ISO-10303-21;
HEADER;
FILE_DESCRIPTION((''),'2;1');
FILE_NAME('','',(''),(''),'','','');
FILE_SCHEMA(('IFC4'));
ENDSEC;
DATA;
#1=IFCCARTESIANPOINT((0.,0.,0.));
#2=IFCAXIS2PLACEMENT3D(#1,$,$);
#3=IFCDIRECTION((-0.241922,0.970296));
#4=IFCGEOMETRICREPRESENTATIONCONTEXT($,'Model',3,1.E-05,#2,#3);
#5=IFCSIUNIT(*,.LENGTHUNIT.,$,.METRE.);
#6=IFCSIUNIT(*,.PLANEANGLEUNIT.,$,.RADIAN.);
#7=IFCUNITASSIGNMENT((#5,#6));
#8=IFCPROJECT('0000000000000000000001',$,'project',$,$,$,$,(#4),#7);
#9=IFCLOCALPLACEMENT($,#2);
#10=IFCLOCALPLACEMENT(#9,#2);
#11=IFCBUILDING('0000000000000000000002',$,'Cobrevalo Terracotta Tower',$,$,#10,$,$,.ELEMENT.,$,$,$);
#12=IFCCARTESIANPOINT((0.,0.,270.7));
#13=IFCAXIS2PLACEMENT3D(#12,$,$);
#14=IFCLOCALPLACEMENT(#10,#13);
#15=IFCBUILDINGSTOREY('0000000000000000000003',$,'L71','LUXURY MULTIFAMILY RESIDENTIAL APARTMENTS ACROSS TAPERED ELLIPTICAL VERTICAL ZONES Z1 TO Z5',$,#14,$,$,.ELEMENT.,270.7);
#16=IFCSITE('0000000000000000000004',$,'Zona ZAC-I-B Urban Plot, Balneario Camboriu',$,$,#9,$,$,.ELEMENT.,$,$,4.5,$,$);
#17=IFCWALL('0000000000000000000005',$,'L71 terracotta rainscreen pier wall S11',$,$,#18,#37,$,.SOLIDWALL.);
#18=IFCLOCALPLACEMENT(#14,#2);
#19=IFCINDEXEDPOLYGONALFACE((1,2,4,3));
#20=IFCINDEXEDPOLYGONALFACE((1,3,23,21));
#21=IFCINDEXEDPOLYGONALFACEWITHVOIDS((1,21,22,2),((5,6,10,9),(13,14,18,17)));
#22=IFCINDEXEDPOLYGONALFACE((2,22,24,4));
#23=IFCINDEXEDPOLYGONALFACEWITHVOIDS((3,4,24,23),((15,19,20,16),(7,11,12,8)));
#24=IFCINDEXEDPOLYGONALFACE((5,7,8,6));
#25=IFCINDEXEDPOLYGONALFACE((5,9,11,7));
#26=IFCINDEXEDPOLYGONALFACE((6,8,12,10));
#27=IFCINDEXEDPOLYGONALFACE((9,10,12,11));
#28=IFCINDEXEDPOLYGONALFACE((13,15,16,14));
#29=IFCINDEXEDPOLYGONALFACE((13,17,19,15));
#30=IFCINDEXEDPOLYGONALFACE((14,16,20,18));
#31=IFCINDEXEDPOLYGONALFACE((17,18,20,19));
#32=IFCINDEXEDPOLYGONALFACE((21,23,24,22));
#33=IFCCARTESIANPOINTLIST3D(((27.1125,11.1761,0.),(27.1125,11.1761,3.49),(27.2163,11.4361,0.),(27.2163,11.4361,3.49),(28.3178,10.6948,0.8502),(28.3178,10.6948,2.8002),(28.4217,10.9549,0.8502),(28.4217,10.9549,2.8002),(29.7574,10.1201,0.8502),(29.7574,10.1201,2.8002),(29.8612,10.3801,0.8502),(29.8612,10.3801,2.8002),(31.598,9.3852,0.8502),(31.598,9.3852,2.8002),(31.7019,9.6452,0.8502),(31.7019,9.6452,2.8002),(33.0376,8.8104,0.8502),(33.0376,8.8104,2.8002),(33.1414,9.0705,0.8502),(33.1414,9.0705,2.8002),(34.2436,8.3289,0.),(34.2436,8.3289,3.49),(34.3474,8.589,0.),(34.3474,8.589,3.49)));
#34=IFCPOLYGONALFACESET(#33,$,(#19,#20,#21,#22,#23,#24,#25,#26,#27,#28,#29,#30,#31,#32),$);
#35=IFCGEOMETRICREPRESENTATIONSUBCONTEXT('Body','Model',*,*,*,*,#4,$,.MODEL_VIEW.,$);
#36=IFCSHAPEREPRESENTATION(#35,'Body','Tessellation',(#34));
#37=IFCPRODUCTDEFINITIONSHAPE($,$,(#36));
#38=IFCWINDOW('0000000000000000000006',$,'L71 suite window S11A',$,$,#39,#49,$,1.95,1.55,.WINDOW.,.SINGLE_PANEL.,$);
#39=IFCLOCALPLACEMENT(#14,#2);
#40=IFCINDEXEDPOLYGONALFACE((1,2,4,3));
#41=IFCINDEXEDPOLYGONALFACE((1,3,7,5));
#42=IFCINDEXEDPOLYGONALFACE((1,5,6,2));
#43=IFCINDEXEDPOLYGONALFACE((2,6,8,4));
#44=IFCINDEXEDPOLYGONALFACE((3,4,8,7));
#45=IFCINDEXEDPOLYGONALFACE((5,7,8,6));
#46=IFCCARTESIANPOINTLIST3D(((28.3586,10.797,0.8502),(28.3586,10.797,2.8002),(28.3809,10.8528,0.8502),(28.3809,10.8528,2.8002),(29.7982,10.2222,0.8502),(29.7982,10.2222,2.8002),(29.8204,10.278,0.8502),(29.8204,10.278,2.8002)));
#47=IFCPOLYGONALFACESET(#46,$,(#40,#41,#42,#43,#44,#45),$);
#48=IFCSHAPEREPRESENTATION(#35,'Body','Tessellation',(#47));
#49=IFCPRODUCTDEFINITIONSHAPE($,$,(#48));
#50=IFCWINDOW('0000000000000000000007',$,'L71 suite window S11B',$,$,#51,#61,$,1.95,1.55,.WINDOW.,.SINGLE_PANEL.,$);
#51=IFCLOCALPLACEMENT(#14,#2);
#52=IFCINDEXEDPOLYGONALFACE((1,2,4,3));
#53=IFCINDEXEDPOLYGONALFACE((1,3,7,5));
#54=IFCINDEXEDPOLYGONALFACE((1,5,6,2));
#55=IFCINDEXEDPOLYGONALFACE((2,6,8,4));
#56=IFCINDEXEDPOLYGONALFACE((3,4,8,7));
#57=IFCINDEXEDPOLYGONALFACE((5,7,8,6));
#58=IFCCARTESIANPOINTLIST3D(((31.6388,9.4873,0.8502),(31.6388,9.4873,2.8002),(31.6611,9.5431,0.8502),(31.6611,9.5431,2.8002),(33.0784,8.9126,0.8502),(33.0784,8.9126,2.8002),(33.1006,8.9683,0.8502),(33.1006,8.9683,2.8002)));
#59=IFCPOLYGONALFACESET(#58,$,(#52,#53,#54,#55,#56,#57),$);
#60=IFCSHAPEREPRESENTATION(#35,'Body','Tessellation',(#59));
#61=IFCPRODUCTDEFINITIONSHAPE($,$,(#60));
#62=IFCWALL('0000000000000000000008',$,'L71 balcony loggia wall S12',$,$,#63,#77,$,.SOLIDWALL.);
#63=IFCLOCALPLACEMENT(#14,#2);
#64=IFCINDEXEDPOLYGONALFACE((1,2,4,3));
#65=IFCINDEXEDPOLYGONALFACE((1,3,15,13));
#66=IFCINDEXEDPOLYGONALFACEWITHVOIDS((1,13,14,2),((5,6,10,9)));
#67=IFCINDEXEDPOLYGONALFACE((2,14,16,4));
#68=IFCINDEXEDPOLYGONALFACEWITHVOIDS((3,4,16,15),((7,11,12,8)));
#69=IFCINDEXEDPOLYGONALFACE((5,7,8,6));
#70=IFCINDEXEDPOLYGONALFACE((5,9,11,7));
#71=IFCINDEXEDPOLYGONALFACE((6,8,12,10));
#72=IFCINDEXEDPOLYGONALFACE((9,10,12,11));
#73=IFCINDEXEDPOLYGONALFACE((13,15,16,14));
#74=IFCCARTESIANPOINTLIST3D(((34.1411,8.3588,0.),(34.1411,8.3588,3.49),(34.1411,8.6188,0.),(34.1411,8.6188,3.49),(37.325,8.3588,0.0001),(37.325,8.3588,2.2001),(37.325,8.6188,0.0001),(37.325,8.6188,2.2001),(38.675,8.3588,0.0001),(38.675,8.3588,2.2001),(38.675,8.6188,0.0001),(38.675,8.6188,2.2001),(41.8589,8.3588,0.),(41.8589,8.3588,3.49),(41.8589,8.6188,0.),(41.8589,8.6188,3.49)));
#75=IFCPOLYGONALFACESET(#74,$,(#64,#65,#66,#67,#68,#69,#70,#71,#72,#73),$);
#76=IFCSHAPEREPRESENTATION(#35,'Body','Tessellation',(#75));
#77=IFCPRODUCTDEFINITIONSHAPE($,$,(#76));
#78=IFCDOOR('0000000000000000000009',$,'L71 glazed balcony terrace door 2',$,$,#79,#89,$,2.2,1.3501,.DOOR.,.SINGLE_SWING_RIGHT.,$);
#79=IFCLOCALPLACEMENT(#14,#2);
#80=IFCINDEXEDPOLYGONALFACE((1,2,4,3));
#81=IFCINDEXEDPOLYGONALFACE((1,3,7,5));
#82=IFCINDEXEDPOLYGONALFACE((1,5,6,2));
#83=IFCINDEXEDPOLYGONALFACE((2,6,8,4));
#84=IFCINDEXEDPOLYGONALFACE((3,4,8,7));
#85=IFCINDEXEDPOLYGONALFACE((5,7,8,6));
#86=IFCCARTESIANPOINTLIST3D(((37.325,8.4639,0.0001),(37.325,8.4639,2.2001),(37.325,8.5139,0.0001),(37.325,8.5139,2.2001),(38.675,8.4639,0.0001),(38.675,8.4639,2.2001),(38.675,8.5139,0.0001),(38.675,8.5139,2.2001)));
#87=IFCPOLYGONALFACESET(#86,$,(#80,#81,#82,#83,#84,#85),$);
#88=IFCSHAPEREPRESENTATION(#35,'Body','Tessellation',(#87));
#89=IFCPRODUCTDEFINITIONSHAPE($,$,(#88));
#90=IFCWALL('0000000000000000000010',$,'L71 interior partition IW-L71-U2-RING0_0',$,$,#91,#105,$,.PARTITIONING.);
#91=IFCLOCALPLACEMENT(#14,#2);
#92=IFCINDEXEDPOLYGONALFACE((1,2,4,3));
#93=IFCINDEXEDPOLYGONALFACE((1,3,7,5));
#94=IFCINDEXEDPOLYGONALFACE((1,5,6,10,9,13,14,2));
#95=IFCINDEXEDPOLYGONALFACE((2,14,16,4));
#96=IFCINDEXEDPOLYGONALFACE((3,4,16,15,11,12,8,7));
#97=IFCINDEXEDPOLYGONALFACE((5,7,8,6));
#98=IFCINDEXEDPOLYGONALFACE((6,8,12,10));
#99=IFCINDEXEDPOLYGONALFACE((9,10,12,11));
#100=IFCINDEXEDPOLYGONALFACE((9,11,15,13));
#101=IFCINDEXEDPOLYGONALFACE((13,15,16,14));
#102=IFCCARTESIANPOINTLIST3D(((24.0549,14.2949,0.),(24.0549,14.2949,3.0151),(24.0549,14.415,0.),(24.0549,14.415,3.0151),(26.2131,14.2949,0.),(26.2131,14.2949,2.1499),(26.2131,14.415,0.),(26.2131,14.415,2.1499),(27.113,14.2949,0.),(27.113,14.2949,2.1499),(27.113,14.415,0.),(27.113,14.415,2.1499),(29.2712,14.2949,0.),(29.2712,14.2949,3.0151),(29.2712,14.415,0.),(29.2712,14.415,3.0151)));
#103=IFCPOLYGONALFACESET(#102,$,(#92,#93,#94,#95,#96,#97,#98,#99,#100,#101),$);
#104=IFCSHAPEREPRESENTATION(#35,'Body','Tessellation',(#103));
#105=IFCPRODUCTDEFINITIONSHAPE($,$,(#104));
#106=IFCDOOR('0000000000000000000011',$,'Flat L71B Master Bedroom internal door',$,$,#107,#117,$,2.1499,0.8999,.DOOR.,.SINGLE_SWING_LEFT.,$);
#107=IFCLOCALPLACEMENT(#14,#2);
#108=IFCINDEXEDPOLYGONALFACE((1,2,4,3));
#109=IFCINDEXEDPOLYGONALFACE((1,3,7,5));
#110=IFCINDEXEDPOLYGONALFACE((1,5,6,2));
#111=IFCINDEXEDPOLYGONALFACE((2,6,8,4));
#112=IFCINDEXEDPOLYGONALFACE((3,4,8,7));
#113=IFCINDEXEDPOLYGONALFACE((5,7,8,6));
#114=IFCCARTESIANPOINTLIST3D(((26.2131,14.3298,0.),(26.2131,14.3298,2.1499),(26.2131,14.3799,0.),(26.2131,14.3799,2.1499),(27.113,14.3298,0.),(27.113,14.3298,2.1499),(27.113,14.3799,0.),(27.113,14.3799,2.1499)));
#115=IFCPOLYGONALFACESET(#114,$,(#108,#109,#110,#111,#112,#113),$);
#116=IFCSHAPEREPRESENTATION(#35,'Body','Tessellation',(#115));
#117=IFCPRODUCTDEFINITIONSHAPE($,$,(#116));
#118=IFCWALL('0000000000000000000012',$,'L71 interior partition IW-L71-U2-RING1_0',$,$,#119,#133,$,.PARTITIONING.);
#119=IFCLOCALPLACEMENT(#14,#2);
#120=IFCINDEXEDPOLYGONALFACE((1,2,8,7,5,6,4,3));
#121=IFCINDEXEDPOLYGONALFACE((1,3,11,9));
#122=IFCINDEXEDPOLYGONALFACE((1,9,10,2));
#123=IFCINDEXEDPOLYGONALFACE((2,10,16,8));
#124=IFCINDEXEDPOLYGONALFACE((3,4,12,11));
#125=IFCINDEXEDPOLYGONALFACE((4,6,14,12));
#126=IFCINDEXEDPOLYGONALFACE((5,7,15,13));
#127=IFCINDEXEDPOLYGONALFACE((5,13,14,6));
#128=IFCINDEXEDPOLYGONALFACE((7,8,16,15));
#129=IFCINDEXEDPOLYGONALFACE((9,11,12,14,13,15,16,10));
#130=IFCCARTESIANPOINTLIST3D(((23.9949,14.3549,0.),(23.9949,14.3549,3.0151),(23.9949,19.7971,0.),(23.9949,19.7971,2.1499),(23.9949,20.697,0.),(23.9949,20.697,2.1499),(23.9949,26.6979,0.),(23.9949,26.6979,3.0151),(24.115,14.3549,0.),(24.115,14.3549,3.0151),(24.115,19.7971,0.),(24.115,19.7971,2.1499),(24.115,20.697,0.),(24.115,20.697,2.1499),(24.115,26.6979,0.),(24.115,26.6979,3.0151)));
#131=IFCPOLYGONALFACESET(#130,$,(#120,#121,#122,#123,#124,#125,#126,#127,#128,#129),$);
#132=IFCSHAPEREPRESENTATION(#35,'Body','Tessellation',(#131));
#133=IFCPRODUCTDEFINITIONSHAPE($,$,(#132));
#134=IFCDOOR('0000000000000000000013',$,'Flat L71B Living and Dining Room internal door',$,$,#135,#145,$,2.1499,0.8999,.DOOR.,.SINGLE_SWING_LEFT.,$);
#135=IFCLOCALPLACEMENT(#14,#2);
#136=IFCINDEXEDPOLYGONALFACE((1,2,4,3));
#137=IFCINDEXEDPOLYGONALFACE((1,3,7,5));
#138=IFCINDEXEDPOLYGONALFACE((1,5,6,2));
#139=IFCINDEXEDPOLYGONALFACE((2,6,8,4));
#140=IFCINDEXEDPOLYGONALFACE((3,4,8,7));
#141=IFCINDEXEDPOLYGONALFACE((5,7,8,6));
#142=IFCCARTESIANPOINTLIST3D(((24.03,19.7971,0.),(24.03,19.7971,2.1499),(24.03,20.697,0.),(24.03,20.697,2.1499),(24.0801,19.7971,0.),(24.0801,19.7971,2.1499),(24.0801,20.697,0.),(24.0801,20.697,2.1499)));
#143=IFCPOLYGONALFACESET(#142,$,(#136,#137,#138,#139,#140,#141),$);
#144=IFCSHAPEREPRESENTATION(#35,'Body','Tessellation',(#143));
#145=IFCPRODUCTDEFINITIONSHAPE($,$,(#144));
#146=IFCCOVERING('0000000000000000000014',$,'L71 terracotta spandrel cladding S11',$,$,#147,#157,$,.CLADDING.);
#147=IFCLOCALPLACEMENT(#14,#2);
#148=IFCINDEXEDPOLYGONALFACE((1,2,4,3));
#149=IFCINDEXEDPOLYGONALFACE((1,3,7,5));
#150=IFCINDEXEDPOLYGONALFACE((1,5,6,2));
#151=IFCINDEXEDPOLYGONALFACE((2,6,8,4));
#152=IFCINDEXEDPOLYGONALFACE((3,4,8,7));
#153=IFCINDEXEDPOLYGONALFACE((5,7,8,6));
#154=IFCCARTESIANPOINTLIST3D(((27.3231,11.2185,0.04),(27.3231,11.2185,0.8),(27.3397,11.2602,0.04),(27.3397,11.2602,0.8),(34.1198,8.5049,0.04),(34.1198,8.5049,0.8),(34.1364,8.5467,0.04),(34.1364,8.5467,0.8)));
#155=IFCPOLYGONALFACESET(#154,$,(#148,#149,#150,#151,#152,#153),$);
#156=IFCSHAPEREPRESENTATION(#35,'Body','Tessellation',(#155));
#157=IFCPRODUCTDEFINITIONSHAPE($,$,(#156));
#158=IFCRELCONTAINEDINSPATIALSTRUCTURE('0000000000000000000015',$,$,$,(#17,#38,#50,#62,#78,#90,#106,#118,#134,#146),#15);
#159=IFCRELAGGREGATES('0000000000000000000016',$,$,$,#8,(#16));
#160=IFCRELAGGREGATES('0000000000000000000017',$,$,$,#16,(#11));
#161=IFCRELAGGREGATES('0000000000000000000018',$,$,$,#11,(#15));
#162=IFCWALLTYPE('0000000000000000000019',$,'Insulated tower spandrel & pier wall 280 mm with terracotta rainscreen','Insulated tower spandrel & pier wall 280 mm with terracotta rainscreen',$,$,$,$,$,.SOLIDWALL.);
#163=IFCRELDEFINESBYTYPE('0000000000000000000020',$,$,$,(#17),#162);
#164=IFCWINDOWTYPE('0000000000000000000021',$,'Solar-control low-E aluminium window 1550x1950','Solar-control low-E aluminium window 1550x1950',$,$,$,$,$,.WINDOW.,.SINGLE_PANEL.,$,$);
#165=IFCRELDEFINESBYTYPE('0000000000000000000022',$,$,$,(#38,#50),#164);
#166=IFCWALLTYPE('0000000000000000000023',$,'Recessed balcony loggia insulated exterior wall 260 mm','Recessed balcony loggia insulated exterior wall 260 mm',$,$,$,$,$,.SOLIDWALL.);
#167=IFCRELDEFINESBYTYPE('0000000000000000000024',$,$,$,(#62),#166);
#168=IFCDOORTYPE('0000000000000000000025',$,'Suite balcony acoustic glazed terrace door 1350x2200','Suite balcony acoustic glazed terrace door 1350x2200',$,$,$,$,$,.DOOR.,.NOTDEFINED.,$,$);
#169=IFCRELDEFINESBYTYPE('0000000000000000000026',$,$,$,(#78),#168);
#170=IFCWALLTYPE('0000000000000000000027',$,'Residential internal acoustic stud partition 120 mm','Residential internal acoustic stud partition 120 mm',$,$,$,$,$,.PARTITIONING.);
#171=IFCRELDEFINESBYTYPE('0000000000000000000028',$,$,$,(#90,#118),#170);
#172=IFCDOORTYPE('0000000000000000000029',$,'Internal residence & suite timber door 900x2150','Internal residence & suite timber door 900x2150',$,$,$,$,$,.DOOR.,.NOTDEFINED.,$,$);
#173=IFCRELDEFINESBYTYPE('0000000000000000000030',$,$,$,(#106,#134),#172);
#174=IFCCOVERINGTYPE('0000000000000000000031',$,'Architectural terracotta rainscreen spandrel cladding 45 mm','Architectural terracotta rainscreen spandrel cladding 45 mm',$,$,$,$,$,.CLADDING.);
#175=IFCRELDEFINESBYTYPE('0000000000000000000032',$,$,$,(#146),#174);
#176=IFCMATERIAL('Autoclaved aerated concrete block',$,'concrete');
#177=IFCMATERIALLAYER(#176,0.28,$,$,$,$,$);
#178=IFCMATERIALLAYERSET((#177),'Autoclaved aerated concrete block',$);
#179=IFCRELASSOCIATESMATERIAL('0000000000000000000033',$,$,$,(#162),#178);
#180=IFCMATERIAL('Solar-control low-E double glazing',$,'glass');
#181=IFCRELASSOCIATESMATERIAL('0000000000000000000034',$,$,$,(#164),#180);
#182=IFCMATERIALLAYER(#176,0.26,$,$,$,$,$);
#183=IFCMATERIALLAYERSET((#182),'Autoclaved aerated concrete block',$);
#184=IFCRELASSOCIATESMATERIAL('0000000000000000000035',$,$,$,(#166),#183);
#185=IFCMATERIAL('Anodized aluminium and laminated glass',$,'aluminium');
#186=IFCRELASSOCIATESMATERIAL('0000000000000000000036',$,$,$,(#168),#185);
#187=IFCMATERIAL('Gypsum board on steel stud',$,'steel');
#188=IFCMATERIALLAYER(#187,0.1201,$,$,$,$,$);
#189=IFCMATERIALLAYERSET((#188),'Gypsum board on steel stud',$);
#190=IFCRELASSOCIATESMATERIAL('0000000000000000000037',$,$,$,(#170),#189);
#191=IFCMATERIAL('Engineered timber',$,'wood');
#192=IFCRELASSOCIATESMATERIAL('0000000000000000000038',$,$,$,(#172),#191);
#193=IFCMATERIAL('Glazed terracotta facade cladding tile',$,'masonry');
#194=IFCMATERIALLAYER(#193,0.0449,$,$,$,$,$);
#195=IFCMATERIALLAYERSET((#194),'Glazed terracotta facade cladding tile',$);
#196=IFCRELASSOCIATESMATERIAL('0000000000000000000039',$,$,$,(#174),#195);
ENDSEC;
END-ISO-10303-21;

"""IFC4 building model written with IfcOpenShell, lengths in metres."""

from ifc_helpers import new_model, si_unit, direction, frame, frame_2d, origin, origin_2d, place, context, subcontext, project, spatial, rectangle, extrude, source, transform, mapped, material, layer, layer_set, type_object, element, fill, save


model = new_model("IFC4")

# Units and contexts
model_context = context("Model", 3, precision=1e-05, world=origin(), true_north=direction((-0.241922, 0.970296)))
body_context = subcontext(model_context, "Body", "Model", "MODEL_VIEW")
ifc_project = project(units=[si_unit("LENGTHUNIT", "METRE"), si_unit("PLANEANGLEUNIT", "RADIAN")], contexts=[model_context])

# Site, building, storey
site_placement = place(None, origin())
site = spatial("IfcSite", under=ifc_project, at=site_placement, Name="Zona ZAC-I-B Urban Plot, Balneario Camboriu", CompositionType="ELEMENT", RefElevation=4.5)
building_placement = place(site_placement, origin())
building = spatial("IfcBuilding", under=site, at=building_placement, Name="Cobrevalo Terracotta Tower", CompositionType="ELEMENT")
storey_placement = place(building_placement, frame((0.0, 0.0, 270.7)))
storey = spatial("IfcBuildingStorey", under=building, at=storey_placement, Name="L71", Description="LUXURY MULTIFAMILY RESIDENTIAL APARTMENTS ACROSS TAPERED ELLIPTICAL VERTICAL ZONES Z1 TO Z5", CompositionType="ELEMENT", Elevation=270.7)

# Shared definitions
ifc_material_1 = material(Name="Solar-control low-E double glazing", Category="glass")

# Wall, openings, windows
ifc_material_2 = material(Name="Autoclaved aerated concrete block", Category="concrete")
ifc_layer_1 = layer(ifc_material_2, 0.28)
ifc_layer_set_1 = layer_set([ifc_layer_1], Name="Autoclaved aerated concrete block")
wall_type_1 = type_object("IfcWallType", Name="Insulated tower spandrel & pier wall 280 mm with terracotta rainscreen", Description="Insulated tower spandrel & pier wall 280 mm with terracotta rainscreen", PredefinedType="SOLIDWALL", material=ifc_layer_set_1)
wall_1_placement = place(storey_placement, frame((27.1643, 11.3062, 0.0), z_axis=(0.0, 0.0, 1.0), x_axis=(0.928713, -0.370799, 0.0)))
wall_1 = element("IfcWall", 1, at=wall_1_placement, inside=storey, type_object=wall_type_1, Name="L71 terracotta rainscreen pier wall S11", PredefinedType="SOLIDWALL", context=body_context, shape_type="SweptSolid", body=[
    extrude(rectangle(XDim=7.6785, YDim=0.28, at=frame_2d((3.8394, 0.0))), origin(), (0.0, 0.0, 1.0), 3.49),
])
opening_1_placement = place(wall_1_placement, frame((1.2981, 0.0, 0.8501)))
opening_1 = element("IfcOpeningElement", 2, at=opening_1_placement, cuts=wall_1, PredefinedType="OPENING", context=body_context, shape_type="SweptSolid", body=[
    extrude(rectangle(XDim=1.55, YDim=1.95, at=frame_2d((0.7749, 0.9751))), frame((0.0, 0.1499, 0.0), z_axis=(0.0, -1.0, 0.0), x_axis=(1.0, 0.0, 0.0)), (0.0, 0.0, 1.0), 0.3),
])
opening_2_placement = place(wall_1_placement, frame((4.8301, 0.0, 0.8501)))
opening_2 = element("IfcOpeningElement", 3, at=opening_2_placement, cuts=wall_1, PredefinedType="OPENING", context=body_context, shape_type="SweptSolid", body=[
    extrude(rectangle(XDim=1.55, YDim=1.95, at=frame_2d((0.7749, 0.9751))), frame((0.0, 0.1499, 0.0), z_axis=(0.0, -1.0, 0.0), x_axis=(1.0, 0.0, 0.0)), (0.0, 0.0, 1.0), 0.3),
])
window_type = type_object("IfcWindowType", Name="Solar-control low-E aluminium window 1550x1950", Description="Solar-control low-E aluminium window 1550x1950", PartitioningType="SINGLE_PANEL", PredefinedType="WINDOW", material=ifc_material_1)
shared_shape_1 = source(origin(), body_context, "Body", "SweptSolid", [
    extrude(rectangle(XDim=1.55, YDim=1.95, at=frame_2d((0.7749, 0.9751))), frame((0.0, 0.03, 0.0), z_axis=(0.0, -1.0, 0.0), x_axis=(1.0, 0.0, 0.0)), (0.0, 0.0, 1.0), 0.0601),
])
window_1_placement = place(opening_1_placement, origin())
window_1 = element("IfcWindow", 4, at=window_1_placement, inside=storey, type_object=window_type, Name="L71 suite window S11A", OverallHeight=1.95, OverallWidth=1.55, PartitioningType="SINGLE_PANEL", PredefinedType="WINDOW", context=body_context, shape_type="MappedRepresentation", body=[
    mapped(shared_shape_1, transform((0.0, 0.0, 0.0), scale=1.0)),
])
fill(opening_1, window_1)
window_2_placement = place(opening_2_placement, origin())
window_2 = element("IfcWindow", 5, at=window_2_placement, inside=storey, type_object=window_type, Name="L71 suite window S11B", OverallHeight=1.95, OverallWidth=1.55, PartitioningType="SINGLE_PANEL", PredefinedType="WINDOW", context=body_context, shape_type="MappedRepresentation", body=[
    mapped(shared_shape_1, transform((0.0, 0.0, 0.0), scale=1.0)),
])
fill(opening_2, window_2)

# Walls, openings, doors
ifc_layer_2 = layer(ifc_material_2, 0.26)
ifc_layer_set_2 = layer_set([ifc_layer_2], Name="Autoclaved aerated concrete block")
wall_type_2 = type_object("IfcWallType", Name="Recessed balcony loggia insulated exterior wall 260 mm", Description="Recessed balcony loggia insulated exterior wall 260 mm", PredefinedType="SOLIDWALL", material=ifc_layer_set_2)
wall_2_placement = place(storey_placement, frame((34.1411, 8.4888, 0.0), z_axis=(0.0, 0.0, 1.0), x_axis=(1.0, 0.0, 0.0)))
wall_2 = element("IfcWall", 6, at=wall_2_placement, inside=storey, type_object=wall_type_2, Name="L71 balcony loggia wall S12", PredefinedType="SOLIDWALL", context=body_context, shape_type="SweptSolid", body=[
    extrude(rectangle(XDim=7.7178, YDim=0.26, at=frame_2d((3.8589, 0.0))), origin(), (0.0, 0.0, 1.0), 3.49),
])
opening_3_placement = place(wall_2_placement, frame((3.1838, 0.0, 0.0)))
opening_3 = element("IfcOpeningElement", 7, at=opening_3_placement, cuts=wall_2, PredefinedType="OPENING", context=body_context, shape_type="SweptSolid", body=[
    extrude(rectangle(XDim=1.3501, YDim=2.2, at=frame_2d((0.675, 1.1001))), frame((0.0, 0.1401, 0.0), z_axis=(0.0, -1.0, 0.0), x_axis=(1.0, 0.0, 0.0)), (0.0, 0.0, 1.0), 0.28),
])
ifc_material_3 = material(Name="Anodized aluminium and laminated glass", Category="aluminium")
door_type_1 = type_object("IfcDoorType", Name="Suite balcony acoustic glazed terrace door 1350x2200", Description="Suite balcony acoustic glazed terrace door 1350x2200", OperationType="NOTDEFINED", PredefinedType="DOOR", material=ifc_material_3)
shared_shape_2 = source(origin(), body_context, "Body", "SweptSolid", [
    extrude(rectangle(XDim=1.3501, YDim=2.2, at=frame_2d((0.675, 1.1001))), frame((0.0, 0.0249, 0.0), z_axis=(0.0, -1.0, 0.0), x_axis=(1.0, 0.0, 0.0)), (0.0, 0.0, 1.0), 0.05),
])
door_1_placement = place(opening_3_placement, frame((1.3501, 0.0, 0.0), z_axis=(0.0, 0.0, 1.0), x_axis=(-1.0, 0.0, 0.0)))
door_1 = element("IfcDoor", 8, at=door_1_placement, inside=storey, type_object=door_type_1, Name="L71 glazed balcony terrace door 2", OperationType="SINGLE_SWING_RIGHT", OverallHeight=2.2, OverallWidth=1.3501, PredefinedType="DOOR", context=body_context, shape_type="MappedRepresentation", body=[
    mapped(shared_shape_2, transform((0.0, 0.0, 0.0), scale=1.0)),
])
fill(opening_3, door_1)
ifc_material_4 = material(Name="Gypsum board on steel stud", Category="steel")
ifc_layer_3 = layer(ifc_material_4, 0.1201)
ifc_layer_set_3 = layer_set([ifc_layer_3], Name="Gypsum board on steel stud")
wall_type_3 = type_object("IfcWallType", Name="Residential internal acoustic stud partition 120 mm", Description="Residential internal acoustic stud partition 120 mm", PredefinedType="PARTITIONING", material=ifc_layer_set_3)
wall_3_placement = place(storey_placement, frame((29.2712, 14.355, 0.0), z_axis=(0.0, 0.0, 1.0), x_axis=(-1.0, 0.0, 0.0)))
wall_3 = element("IfcWall", 9, at=wall_3_placement, inside=storey, type_object=wall_type_3, Name="L71 interior partition IW-L71-U2-RING0_0", PredefinedType="PARTITIONING", context=body_context, shape_type="SweptSolid", body=[
    extrude(rectangle(XDim=5.2163, YDim=0.1201, at=frame_2d((2.6082, 0.0))), origin(), (0.0, 0.0, 1.0), 3.0151),
])
opening_4_placement = place(wall_3_placement, frame((2.1582, 0.0, 0.0)))
opening_4 = element("IfcOpeningElement", 10, at=opening_4_placement, cuts=wall_3, PredefinedType="OPENING", context=body_context, shape_type="SweptSolid", body=[
    extrude(rectangle(XDim=0.8999, YDim=2.1499, at=frame_2d((0.45, 1.075))), frame((0.0, 0.0701, 0.0), z_axis=(0.0, -1.0, 0.0), x_axis=(1.0, 0.0, 0.0)), (0.0, 0.0, 1.0), 0.1401),
])
ifc_material_5 = material(Name="Engineered timber", Category="wood")
door_type_2 = type_object("IfcDoorType", Name="Internal residence & suite timber door 900x2150", Description="Internal residence & suite timber door 900x2150", OperationType="NOTDEFINED", PredefinedType="DOOR", material=ifc_material_5)
shared_shape_3 = source(origin(), body_context, "Body", "SweptSolid", [
    extrude(rectangle(XDim=0.8999, YDim=2.1499, at=frame_2d((0.45, 1.075))), frame((0.0, 0.0249, 0.0), z_axis=(0.0, -1.0, 0.0), x_axis=(1.0, 0.0, 0.0)), (0.0, 0.0, 1.0), 0.05),
])
door_2_placement = place(opening_4_placement, frame((0.8999, 0.0, 0.0), z_axis=(0.0, 0.0, 1.0), x_axis=(-1.0, 0.0, 0.0)))
door_2 = element("IfcDoor", 11, at=door_2_placement, inside=storey, type_object=door_type_2, Name="Flat L71B Master Bedroom internal door", OperationType="SINGLE_SWING_LEFT", OverallHeight=2.1499, OverallWidth=0.8999, PredefinedType="DOOR", context=body_context, shape_type="MappedRepresentation", body=[
    mapped(shared_shape_3, transform((0.0, 0.0, 0.0), scale=1.0)),
])
fill(opening_4, door_2)
wall_4_placement = place(storey_placement, frame((24.0549, 14.355, 0.0), z_axis=(0.0, 0.0, 1.0), x_axis=(0.0, 1.0, 0.0)))
wall_4 = element("IfcWall", 12, at=wall_4_placement, inside=storey, type_object=wall_type_3, Name="L71 interior partition IW-L71-U2-RING1_0", PredefinedType="PARTITIONING", context=body_context, shape_type="SweptSolid", body=[
    extrude(rectangle(XDim=12.343, YDim=0.1201, at=frame_2d((6.1714, 0.0))), origin(), (0.0, 0.0, 1.0), 3.0151),
])
opening_5_placement = place(wall_4_placement, frame((5.4421, 0.0, 0.0)))
opening_5 = element("IfcOpeningElement", 13, at=opening_5_placement, cuts=wall_4, PredefinedType="OPENING", context=body_context, shape_type="SweptSolid", body=[
    extrude(rectangle(XDim=0.8999, YDim=2.1499, at=frame_2d((0.45, 1.075))), frame((0.0, 0.0701, 0.0), z_axis=(0.0, -1.0, 0.0), x_axis=(1.0, 0.0, 0.0)), (0.0, 0.0, 1.0), 0.1401),
])
door_3_placement = place(opening_5_placement, origin())
door_3 = element("IfcDoor", 14, at=door_3_placement, inside=storey, type_object=door_type_2, Name="Flat L71B Living and Dining Room internal door", OperationType="SINGLE_SWING_LEFT", OverallHeight=2.1499, OverallWidth=0.8999, PredefinedType="DOOR", context=body_context, shape_type="MappedRepresentation", body=[
    mapped(shared_shape_3, transform((0.0, 0.0, 0.0), scale=1.0)),
])
fill(opening_5, door_3)

# Covering
ifc_material_6 = material(Name="Glazed terracotta facade cladding tile", Category="masonry")
ifc_layer_4 = layer(ifc_material_6, 0.0449)
ifc_layer_set_4 = layer_set([ifc_layer_4], Name="Glazed terracotta facade cladding tile")
covering_type = type_object("IfcCoveringType", Name="Architectural terracotta rainscreen spandrel cladding 45 mm", Description="Architectural terracotta rainscreen spandrel cladding 45 mm", PredefinedType="CLADDING", material=ifc_layer_set_4)
shared_shape_4 = source(origin(), body_context, "Body", "SweptSolid", [
    extrude(rectangle(XDim=7.3184, YDim=0.0449, at=origin_2d()), origin(), (0.0, 0.0, 1.0), 0.76),
])
covering_placement = place(storey_placement, frame((30.7297, 9.8826, 0.04), z_axis=(0.0, 0.0, 1.0), x_axis=(0.928718, -0.370786, 0.0)))
element("IfcCovering", 15, at=covering_placement, inside=storey, type_object=covering_type, Name="L71 terracotta spandrel cladding S11", PredefinedType="CLADDING", context=body_context, shape_type="MappedRepresentation", body=[
    mapped(shared_shape_4, transform((0.0, 0.0, 0.0), scale=1.0)),
])

save(model, "model.ifc")
